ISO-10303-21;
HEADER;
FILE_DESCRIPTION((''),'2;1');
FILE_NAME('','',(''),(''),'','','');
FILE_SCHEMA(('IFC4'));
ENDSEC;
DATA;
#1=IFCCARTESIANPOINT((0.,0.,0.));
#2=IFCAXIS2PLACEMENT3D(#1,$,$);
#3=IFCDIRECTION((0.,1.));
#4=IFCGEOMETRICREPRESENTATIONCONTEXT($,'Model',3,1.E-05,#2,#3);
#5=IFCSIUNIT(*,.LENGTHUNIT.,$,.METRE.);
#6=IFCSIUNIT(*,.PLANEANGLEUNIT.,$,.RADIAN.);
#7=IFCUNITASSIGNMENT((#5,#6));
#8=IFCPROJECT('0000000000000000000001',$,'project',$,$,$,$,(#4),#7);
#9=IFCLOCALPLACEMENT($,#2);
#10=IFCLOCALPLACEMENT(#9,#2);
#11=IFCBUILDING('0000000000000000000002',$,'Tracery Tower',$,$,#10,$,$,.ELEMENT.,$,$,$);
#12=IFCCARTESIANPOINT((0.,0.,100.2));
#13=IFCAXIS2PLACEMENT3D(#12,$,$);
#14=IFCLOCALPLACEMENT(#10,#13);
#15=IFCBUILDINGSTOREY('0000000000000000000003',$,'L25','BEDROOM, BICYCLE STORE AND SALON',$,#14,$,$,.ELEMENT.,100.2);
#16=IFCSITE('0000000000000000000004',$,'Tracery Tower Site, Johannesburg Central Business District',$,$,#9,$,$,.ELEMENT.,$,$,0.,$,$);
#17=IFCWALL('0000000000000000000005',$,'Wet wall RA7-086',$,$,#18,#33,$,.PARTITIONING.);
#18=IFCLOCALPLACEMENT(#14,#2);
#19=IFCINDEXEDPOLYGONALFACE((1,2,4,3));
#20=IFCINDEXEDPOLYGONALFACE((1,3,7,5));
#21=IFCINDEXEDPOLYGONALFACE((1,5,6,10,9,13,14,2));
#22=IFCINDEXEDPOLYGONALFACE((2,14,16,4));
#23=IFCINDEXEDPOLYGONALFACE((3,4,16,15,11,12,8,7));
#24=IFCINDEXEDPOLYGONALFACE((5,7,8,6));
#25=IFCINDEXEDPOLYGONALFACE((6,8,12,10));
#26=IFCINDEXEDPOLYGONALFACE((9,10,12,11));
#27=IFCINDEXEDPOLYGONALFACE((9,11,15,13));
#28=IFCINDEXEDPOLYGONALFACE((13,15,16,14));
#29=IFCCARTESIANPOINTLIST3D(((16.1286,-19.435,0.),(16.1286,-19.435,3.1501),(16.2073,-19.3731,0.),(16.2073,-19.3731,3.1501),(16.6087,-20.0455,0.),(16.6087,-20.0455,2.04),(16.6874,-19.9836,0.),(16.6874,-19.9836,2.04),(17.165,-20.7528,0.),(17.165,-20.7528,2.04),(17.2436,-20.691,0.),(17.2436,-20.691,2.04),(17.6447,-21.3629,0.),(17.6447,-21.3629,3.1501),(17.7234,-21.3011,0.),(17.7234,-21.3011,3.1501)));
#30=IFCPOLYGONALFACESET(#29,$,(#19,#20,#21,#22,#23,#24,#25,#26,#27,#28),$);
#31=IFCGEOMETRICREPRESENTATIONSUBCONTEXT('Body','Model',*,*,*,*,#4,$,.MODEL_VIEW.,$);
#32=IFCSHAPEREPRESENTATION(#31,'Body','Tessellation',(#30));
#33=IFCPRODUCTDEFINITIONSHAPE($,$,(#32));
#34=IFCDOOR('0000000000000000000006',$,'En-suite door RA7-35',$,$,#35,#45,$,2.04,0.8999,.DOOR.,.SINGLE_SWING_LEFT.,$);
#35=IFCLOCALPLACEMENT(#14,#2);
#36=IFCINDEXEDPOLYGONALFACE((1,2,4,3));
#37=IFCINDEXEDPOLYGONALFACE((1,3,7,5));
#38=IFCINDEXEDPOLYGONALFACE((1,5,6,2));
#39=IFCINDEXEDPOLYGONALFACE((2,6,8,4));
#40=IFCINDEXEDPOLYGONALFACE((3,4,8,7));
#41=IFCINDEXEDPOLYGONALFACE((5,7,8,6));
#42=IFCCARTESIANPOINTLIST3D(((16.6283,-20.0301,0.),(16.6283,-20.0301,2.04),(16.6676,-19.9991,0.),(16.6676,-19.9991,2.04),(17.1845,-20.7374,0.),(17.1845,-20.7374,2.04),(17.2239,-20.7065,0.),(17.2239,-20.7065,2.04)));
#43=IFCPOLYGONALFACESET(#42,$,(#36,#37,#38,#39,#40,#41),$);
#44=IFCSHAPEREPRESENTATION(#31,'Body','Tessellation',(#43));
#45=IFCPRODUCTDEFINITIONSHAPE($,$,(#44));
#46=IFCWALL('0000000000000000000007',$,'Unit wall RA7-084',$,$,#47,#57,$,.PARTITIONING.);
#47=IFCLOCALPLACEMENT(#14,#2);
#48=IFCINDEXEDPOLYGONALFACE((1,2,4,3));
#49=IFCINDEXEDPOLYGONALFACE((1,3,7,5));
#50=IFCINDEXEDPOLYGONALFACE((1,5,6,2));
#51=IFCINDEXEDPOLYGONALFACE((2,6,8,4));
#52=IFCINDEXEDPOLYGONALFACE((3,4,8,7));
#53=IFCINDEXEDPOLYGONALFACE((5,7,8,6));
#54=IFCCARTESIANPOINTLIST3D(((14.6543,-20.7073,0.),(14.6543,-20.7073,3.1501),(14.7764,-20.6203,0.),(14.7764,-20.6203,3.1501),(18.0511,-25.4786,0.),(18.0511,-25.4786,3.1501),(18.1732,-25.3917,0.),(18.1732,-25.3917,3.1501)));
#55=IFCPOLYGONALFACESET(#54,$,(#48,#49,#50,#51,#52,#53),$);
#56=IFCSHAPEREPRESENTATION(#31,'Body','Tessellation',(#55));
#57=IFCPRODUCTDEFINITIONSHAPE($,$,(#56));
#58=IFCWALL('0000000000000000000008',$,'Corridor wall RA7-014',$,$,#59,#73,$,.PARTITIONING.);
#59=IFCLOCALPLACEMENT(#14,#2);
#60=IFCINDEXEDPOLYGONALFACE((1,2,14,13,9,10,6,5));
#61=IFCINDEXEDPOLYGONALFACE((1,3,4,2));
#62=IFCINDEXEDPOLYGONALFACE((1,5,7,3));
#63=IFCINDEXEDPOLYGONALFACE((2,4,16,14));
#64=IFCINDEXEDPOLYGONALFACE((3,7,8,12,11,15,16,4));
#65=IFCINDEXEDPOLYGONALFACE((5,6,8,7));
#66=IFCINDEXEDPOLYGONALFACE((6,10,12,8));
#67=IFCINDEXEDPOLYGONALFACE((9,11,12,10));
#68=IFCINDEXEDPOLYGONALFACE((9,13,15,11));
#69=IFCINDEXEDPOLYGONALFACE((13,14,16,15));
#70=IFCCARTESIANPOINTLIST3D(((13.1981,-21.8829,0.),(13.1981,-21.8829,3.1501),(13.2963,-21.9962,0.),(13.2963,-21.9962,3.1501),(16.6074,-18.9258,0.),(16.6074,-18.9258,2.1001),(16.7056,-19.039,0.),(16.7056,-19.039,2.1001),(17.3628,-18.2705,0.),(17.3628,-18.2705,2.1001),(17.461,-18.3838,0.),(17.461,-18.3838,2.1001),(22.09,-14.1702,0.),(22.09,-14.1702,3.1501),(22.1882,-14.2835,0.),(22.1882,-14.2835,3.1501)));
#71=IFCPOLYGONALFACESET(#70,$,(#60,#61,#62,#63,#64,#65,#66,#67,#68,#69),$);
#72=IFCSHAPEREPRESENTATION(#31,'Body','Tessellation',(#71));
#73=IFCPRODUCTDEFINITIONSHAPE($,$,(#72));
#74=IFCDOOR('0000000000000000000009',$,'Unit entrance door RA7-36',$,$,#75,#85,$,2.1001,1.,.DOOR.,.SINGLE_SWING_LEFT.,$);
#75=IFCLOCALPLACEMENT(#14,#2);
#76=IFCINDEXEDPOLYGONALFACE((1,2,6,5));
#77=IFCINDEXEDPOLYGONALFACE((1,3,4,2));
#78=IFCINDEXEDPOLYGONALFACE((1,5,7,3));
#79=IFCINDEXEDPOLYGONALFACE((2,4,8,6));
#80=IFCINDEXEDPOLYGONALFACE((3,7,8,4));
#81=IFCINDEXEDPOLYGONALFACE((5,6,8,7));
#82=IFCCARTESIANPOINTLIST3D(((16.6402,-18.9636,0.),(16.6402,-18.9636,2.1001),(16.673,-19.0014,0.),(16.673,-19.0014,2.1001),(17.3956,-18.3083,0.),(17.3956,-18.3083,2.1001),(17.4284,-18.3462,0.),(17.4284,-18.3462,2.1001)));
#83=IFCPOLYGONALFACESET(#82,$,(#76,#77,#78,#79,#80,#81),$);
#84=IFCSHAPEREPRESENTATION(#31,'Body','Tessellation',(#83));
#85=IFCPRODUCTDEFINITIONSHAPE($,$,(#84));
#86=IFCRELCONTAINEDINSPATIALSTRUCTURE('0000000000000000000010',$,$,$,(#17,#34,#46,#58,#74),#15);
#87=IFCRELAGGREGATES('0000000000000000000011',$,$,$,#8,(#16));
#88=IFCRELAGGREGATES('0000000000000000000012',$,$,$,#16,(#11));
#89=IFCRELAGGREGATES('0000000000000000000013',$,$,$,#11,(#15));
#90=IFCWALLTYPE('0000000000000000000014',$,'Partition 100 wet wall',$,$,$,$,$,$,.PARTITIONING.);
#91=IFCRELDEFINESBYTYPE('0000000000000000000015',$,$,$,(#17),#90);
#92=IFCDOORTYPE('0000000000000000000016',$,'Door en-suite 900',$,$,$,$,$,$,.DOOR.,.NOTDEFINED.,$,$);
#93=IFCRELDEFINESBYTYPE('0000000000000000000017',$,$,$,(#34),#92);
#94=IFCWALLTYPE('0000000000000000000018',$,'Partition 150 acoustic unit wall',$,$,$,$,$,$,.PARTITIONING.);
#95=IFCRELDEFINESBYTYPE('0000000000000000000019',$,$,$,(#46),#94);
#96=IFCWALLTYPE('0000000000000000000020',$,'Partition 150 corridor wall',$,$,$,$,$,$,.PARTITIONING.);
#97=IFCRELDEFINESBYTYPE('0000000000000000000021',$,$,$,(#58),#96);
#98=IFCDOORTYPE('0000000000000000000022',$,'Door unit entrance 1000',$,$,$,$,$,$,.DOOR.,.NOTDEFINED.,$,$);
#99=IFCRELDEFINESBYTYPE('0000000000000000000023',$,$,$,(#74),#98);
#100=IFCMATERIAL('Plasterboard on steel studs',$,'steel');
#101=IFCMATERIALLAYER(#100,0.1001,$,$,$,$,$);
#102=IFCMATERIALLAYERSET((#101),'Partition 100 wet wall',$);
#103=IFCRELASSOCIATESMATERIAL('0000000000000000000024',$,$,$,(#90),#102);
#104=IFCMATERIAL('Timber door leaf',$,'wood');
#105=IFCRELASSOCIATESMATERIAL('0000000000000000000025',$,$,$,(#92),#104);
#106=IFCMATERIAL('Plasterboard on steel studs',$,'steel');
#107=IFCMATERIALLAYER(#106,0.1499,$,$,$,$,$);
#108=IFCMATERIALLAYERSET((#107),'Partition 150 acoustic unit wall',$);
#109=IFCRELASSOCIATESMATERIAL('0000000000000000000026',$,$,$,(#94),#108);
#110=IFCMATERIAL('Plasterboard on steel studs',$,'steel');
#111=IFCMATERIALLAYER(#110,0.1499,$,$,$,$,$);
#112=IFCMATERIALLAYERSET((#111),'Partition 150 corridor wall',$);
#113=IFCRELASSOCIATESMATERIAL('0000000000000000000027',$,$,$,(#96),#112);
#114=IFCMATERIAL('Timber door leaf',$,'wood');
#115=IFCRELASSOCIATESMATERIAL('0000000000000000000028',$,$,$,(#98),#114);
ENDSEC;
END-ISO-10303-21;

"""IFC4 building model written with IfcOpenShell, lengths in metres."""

from ifc_helpers import new_model, si_unit, direction, frame, frame_2d, origin, place, context, subcontext, project, spatial, rectangle, extrude, material, layer, layer_set, type_object, element, fill, save


model = new_model("IFC4")

# Units and contexts
model_context = context("Model", 3, precision=1e-05, world=origin(), true_north=direction((0.0, 1.0)))
body_context = subcontext(model_context, "Body", "Model", "MODEL_VIEW")
ifc_project = project(units=[si_unit("LENGTHUNIT", "METRE"), si_unit("PLANEANGLEUNIT", "RADIAN")], contexts=[model_context])

# Site, building, storey
site_placement = place(None, origin())
site = spatial("IfcSite", under=ifc_project, at=site_placement, Name="Tracery Tower Site, Johannesburg Central Business District", CompositionType="ELEMENT", RefElevation=0.0)
building_placement = place(site_placement, origin())
building = spatial("IfcBuilding", under=site, at=building_placement, Name="Tracery Tower", CompositionType="ELEMENT")
storey_placement = place(building_placement, frame((0.0, 0.0, 100.2)))
storey = spatial("IfcBuildingStorey", under=building, at=storey_placement, Name="L25", Description="BEDROOM, BICYCLE STORE AND SALON", CompositionType="ELEMENT", Elevation=100.2)

# Shared definitions
ifc_material_1 = material(Name="Plasterboard on steel studs", Category="steel")
ifc_layer_1 = layer(ifc_material_1, 0.1001)
ifc_layer_set_1 = layer_set([ifc_layer_1], Name="Partition 100 wet wall")
wall_type_1 = type_object("IfcWallType", Name="Partition 100 wet wall", PredefinedType="PARTITIONING", material=ifc_layer_set_1)
ifc_material_2 = material(Name="Timber door leaf", Category="wood")
door_type_1 = type_object("IfcDoorType", Name="Door en-suite 900", OperationType="NOTDEFINED", PredefinedType="DOOR", material=ifc_material_2)

# Wall, opening, door
wall_1_placement = place(storey_placement, frame((16.168, -19.4041, 0.0), z_axis=(0.0, 0.0, 1.0), x_axis=(0.618142, -0.786066, 0.0)))
wall_1 = element("IfcWall", 1, at=wall_1_placement, inside=storey, type_object=wall_type_1, Name="Wet wall RA7-086", PredefinedType="PARTITIONING", context=body_context, shape_type="SweptSolid", body=[
    extrude(rectangle(XDim=2.4526, YDim=0.1001, at=frame_2d((1.2263, 0.0))), origin(), (0.0, 0.0, 1.0), 3.1501),
])
opening_1_placement = place(wall_1_placement, frame((0.7766, 0.0, 0.0)))
opening_1 = element("IfcOpeningElement", 2, at=opening_1_placement, cuts=wall_1, PredefinedType="OPENING", context=body_context, shape_type="SweptSolid", body=[
    extrude(rectangle(XDim=0.8999, YDim=2.04, at=frame_2d((0.45, 1.02))), frame((0.0, 0.05, 0.0), z_axis=(0.0, -1.0, 0.0), x_axis=(1.0, 0.0, 0.0)), (0.0, 0.0, 1.0), 0.1001),
])
door_1_placement = place(opening_1_placement, origin())
door_1 = element("IfcDoor", 3, at=door_1_placement, inside=storey, type_object=door_type_1, Name="En-suite door RA7-35", OperationType="SINGLE_SWING_LEFT", OverallHeight=2.04, OverallWidth=0.8999, PredefinedType="DOOR", context=body_context, shape_type="SweptSolid", body=[
    extrude(rectangle(XDim=0.8999, YDim=2.04, at=frame_2d((0.45, 1.02))), frame((0.0, 0.0249, 0.0), z_axis=(0.0, -1.0, 0.0), x_axis=(1.0, 0.0, 0.0)), (0.0, 0.0, 1.0), 0.05),
])
fill(opening_1, door_1)

# Wall
ifc_material_3 = material(Name="Plasterboard on steel studs", Category="steel")
ifc_layer_2 = layer(ifc_material_3, 0.1499)
ifc_layer_set_2 = layer_set([ifc_layer_2], Name="Partition 150 acoustic unit wall")
wall_type_2 = type_object("IfcWallType", Name="Partition 150 acoustic unit wall", PredefinedType="PARTITIONING", material=ifc_layer_set_2)
wall_2_placement = place(storey_placement, frame((14.7153, -20.6638, 0.0), z_axis=(0.0, 0.0, 1.0), x_axis=(0.57996, -0.814645, 0.0)))
element("IfcWall", 4, at=wall_2_placement, inside=storey, type_object=wall_type_2, Name="Unit wall RA7-084", PredefinedType="PARTITIONING", context=body_context, shape_type="SweptSolid", body=[
    extrude(rectangle(XDim=5.8569, YDim=0.1499, at=frame_2d((2.9285, 0.0))), origin(), (0.0, 0.0, 1.0), 3.1501),
])

# Wall, opening, door
ifc_material_4 = material(Name="Plasterboard on steel studs", Category="steel")
ifc_layer_3 = layer(ifc_material_4, 0.1499)
ifc_layer_set_3 = layer_set([ifc_layer_3], Name="Partition 150 corridor wall")
wall_type_3 = type_object("IfcWallType", Name="Partition 150 corridor wall", PredefinedType="PARTITIONING", material=ifc_layer_set_3)
wall_3_placement = place(storey_placement, frame((13.2473, -21.9395, 0.0), z_axis=(0.0, 0.0, 1.0), x_axis=(0.755421, 0.65524, 0.0)))
wall_3 = element("IfcWall", 5, at=wall_3_placement, inside=storey, type_object=wall_type_3, Name="Corridor wall RA7-014", PredefinedType="PARTITIONING", context=body_context, shape_type="SweptSolid", body=[
    extrude(rectangle(XDim=11.7708, YDim=0.1499, at=frame_2d((5.8853, 0.0))), origin(), (0.0, 0.0, 1.0), 3.1501),
])
opening_2_placement = place(wall_3_placement, frame((4.5129, 0.0, 0.0)))
opening_2 = element("IfcOpeningElement", 6, at=opening_2_placement, cuts=wall_3, PredefinedType="OPENING", context=body_context, shape_type="SweptSolid", body=[
    extrude(rectangle(XDim=1.0, YDim=2.1001, at=frame_2d((0.5, 1.05))), frame((0.0, 0.075, 0.0), z_axis=(0.0, -1.0, 0.0), x_axis=(1.0, 0.0, 0.0)), (0.0, 0.0, 1.0), 0.1499),
])
ifc_material_5 = material(Name="Timber door leaf", Category="wood")
door_type_2 = type_object("IfcDoorType", Name="Door unit entrance 1000", OperationType="NOTDEFINED", PredefinedType="DOOR", material=ifc_material_5)
door_2_placement = place(opening_2_placement, origin())
door_2 = element("IfcDoor", 7, at=door_2_placement, inside=storey, type_object=door_type_2, Name="Unit entrance door RA7-36", OperationType="SINGLE_SWING_LEFT", OverallHeight=2.1001, OverallWidth=1.0, PredefinedType="DOOR", context=body_context, shape_type="SweptSolid", body=[
    extrude(rectangle(XDim=1.0, YDim=2.1001, at=frame_2d((0.5, 1.05))), frame((0.0, 0.0249, 0.0), z_axis=(0.0, -1.0, 0.0), x_axis=(1.0, 0.0, 0.0)), (0.0, 0.0, 1.0), 0.05),
])
fill(opening_2, door_2)

save(model, "model.ifc")
